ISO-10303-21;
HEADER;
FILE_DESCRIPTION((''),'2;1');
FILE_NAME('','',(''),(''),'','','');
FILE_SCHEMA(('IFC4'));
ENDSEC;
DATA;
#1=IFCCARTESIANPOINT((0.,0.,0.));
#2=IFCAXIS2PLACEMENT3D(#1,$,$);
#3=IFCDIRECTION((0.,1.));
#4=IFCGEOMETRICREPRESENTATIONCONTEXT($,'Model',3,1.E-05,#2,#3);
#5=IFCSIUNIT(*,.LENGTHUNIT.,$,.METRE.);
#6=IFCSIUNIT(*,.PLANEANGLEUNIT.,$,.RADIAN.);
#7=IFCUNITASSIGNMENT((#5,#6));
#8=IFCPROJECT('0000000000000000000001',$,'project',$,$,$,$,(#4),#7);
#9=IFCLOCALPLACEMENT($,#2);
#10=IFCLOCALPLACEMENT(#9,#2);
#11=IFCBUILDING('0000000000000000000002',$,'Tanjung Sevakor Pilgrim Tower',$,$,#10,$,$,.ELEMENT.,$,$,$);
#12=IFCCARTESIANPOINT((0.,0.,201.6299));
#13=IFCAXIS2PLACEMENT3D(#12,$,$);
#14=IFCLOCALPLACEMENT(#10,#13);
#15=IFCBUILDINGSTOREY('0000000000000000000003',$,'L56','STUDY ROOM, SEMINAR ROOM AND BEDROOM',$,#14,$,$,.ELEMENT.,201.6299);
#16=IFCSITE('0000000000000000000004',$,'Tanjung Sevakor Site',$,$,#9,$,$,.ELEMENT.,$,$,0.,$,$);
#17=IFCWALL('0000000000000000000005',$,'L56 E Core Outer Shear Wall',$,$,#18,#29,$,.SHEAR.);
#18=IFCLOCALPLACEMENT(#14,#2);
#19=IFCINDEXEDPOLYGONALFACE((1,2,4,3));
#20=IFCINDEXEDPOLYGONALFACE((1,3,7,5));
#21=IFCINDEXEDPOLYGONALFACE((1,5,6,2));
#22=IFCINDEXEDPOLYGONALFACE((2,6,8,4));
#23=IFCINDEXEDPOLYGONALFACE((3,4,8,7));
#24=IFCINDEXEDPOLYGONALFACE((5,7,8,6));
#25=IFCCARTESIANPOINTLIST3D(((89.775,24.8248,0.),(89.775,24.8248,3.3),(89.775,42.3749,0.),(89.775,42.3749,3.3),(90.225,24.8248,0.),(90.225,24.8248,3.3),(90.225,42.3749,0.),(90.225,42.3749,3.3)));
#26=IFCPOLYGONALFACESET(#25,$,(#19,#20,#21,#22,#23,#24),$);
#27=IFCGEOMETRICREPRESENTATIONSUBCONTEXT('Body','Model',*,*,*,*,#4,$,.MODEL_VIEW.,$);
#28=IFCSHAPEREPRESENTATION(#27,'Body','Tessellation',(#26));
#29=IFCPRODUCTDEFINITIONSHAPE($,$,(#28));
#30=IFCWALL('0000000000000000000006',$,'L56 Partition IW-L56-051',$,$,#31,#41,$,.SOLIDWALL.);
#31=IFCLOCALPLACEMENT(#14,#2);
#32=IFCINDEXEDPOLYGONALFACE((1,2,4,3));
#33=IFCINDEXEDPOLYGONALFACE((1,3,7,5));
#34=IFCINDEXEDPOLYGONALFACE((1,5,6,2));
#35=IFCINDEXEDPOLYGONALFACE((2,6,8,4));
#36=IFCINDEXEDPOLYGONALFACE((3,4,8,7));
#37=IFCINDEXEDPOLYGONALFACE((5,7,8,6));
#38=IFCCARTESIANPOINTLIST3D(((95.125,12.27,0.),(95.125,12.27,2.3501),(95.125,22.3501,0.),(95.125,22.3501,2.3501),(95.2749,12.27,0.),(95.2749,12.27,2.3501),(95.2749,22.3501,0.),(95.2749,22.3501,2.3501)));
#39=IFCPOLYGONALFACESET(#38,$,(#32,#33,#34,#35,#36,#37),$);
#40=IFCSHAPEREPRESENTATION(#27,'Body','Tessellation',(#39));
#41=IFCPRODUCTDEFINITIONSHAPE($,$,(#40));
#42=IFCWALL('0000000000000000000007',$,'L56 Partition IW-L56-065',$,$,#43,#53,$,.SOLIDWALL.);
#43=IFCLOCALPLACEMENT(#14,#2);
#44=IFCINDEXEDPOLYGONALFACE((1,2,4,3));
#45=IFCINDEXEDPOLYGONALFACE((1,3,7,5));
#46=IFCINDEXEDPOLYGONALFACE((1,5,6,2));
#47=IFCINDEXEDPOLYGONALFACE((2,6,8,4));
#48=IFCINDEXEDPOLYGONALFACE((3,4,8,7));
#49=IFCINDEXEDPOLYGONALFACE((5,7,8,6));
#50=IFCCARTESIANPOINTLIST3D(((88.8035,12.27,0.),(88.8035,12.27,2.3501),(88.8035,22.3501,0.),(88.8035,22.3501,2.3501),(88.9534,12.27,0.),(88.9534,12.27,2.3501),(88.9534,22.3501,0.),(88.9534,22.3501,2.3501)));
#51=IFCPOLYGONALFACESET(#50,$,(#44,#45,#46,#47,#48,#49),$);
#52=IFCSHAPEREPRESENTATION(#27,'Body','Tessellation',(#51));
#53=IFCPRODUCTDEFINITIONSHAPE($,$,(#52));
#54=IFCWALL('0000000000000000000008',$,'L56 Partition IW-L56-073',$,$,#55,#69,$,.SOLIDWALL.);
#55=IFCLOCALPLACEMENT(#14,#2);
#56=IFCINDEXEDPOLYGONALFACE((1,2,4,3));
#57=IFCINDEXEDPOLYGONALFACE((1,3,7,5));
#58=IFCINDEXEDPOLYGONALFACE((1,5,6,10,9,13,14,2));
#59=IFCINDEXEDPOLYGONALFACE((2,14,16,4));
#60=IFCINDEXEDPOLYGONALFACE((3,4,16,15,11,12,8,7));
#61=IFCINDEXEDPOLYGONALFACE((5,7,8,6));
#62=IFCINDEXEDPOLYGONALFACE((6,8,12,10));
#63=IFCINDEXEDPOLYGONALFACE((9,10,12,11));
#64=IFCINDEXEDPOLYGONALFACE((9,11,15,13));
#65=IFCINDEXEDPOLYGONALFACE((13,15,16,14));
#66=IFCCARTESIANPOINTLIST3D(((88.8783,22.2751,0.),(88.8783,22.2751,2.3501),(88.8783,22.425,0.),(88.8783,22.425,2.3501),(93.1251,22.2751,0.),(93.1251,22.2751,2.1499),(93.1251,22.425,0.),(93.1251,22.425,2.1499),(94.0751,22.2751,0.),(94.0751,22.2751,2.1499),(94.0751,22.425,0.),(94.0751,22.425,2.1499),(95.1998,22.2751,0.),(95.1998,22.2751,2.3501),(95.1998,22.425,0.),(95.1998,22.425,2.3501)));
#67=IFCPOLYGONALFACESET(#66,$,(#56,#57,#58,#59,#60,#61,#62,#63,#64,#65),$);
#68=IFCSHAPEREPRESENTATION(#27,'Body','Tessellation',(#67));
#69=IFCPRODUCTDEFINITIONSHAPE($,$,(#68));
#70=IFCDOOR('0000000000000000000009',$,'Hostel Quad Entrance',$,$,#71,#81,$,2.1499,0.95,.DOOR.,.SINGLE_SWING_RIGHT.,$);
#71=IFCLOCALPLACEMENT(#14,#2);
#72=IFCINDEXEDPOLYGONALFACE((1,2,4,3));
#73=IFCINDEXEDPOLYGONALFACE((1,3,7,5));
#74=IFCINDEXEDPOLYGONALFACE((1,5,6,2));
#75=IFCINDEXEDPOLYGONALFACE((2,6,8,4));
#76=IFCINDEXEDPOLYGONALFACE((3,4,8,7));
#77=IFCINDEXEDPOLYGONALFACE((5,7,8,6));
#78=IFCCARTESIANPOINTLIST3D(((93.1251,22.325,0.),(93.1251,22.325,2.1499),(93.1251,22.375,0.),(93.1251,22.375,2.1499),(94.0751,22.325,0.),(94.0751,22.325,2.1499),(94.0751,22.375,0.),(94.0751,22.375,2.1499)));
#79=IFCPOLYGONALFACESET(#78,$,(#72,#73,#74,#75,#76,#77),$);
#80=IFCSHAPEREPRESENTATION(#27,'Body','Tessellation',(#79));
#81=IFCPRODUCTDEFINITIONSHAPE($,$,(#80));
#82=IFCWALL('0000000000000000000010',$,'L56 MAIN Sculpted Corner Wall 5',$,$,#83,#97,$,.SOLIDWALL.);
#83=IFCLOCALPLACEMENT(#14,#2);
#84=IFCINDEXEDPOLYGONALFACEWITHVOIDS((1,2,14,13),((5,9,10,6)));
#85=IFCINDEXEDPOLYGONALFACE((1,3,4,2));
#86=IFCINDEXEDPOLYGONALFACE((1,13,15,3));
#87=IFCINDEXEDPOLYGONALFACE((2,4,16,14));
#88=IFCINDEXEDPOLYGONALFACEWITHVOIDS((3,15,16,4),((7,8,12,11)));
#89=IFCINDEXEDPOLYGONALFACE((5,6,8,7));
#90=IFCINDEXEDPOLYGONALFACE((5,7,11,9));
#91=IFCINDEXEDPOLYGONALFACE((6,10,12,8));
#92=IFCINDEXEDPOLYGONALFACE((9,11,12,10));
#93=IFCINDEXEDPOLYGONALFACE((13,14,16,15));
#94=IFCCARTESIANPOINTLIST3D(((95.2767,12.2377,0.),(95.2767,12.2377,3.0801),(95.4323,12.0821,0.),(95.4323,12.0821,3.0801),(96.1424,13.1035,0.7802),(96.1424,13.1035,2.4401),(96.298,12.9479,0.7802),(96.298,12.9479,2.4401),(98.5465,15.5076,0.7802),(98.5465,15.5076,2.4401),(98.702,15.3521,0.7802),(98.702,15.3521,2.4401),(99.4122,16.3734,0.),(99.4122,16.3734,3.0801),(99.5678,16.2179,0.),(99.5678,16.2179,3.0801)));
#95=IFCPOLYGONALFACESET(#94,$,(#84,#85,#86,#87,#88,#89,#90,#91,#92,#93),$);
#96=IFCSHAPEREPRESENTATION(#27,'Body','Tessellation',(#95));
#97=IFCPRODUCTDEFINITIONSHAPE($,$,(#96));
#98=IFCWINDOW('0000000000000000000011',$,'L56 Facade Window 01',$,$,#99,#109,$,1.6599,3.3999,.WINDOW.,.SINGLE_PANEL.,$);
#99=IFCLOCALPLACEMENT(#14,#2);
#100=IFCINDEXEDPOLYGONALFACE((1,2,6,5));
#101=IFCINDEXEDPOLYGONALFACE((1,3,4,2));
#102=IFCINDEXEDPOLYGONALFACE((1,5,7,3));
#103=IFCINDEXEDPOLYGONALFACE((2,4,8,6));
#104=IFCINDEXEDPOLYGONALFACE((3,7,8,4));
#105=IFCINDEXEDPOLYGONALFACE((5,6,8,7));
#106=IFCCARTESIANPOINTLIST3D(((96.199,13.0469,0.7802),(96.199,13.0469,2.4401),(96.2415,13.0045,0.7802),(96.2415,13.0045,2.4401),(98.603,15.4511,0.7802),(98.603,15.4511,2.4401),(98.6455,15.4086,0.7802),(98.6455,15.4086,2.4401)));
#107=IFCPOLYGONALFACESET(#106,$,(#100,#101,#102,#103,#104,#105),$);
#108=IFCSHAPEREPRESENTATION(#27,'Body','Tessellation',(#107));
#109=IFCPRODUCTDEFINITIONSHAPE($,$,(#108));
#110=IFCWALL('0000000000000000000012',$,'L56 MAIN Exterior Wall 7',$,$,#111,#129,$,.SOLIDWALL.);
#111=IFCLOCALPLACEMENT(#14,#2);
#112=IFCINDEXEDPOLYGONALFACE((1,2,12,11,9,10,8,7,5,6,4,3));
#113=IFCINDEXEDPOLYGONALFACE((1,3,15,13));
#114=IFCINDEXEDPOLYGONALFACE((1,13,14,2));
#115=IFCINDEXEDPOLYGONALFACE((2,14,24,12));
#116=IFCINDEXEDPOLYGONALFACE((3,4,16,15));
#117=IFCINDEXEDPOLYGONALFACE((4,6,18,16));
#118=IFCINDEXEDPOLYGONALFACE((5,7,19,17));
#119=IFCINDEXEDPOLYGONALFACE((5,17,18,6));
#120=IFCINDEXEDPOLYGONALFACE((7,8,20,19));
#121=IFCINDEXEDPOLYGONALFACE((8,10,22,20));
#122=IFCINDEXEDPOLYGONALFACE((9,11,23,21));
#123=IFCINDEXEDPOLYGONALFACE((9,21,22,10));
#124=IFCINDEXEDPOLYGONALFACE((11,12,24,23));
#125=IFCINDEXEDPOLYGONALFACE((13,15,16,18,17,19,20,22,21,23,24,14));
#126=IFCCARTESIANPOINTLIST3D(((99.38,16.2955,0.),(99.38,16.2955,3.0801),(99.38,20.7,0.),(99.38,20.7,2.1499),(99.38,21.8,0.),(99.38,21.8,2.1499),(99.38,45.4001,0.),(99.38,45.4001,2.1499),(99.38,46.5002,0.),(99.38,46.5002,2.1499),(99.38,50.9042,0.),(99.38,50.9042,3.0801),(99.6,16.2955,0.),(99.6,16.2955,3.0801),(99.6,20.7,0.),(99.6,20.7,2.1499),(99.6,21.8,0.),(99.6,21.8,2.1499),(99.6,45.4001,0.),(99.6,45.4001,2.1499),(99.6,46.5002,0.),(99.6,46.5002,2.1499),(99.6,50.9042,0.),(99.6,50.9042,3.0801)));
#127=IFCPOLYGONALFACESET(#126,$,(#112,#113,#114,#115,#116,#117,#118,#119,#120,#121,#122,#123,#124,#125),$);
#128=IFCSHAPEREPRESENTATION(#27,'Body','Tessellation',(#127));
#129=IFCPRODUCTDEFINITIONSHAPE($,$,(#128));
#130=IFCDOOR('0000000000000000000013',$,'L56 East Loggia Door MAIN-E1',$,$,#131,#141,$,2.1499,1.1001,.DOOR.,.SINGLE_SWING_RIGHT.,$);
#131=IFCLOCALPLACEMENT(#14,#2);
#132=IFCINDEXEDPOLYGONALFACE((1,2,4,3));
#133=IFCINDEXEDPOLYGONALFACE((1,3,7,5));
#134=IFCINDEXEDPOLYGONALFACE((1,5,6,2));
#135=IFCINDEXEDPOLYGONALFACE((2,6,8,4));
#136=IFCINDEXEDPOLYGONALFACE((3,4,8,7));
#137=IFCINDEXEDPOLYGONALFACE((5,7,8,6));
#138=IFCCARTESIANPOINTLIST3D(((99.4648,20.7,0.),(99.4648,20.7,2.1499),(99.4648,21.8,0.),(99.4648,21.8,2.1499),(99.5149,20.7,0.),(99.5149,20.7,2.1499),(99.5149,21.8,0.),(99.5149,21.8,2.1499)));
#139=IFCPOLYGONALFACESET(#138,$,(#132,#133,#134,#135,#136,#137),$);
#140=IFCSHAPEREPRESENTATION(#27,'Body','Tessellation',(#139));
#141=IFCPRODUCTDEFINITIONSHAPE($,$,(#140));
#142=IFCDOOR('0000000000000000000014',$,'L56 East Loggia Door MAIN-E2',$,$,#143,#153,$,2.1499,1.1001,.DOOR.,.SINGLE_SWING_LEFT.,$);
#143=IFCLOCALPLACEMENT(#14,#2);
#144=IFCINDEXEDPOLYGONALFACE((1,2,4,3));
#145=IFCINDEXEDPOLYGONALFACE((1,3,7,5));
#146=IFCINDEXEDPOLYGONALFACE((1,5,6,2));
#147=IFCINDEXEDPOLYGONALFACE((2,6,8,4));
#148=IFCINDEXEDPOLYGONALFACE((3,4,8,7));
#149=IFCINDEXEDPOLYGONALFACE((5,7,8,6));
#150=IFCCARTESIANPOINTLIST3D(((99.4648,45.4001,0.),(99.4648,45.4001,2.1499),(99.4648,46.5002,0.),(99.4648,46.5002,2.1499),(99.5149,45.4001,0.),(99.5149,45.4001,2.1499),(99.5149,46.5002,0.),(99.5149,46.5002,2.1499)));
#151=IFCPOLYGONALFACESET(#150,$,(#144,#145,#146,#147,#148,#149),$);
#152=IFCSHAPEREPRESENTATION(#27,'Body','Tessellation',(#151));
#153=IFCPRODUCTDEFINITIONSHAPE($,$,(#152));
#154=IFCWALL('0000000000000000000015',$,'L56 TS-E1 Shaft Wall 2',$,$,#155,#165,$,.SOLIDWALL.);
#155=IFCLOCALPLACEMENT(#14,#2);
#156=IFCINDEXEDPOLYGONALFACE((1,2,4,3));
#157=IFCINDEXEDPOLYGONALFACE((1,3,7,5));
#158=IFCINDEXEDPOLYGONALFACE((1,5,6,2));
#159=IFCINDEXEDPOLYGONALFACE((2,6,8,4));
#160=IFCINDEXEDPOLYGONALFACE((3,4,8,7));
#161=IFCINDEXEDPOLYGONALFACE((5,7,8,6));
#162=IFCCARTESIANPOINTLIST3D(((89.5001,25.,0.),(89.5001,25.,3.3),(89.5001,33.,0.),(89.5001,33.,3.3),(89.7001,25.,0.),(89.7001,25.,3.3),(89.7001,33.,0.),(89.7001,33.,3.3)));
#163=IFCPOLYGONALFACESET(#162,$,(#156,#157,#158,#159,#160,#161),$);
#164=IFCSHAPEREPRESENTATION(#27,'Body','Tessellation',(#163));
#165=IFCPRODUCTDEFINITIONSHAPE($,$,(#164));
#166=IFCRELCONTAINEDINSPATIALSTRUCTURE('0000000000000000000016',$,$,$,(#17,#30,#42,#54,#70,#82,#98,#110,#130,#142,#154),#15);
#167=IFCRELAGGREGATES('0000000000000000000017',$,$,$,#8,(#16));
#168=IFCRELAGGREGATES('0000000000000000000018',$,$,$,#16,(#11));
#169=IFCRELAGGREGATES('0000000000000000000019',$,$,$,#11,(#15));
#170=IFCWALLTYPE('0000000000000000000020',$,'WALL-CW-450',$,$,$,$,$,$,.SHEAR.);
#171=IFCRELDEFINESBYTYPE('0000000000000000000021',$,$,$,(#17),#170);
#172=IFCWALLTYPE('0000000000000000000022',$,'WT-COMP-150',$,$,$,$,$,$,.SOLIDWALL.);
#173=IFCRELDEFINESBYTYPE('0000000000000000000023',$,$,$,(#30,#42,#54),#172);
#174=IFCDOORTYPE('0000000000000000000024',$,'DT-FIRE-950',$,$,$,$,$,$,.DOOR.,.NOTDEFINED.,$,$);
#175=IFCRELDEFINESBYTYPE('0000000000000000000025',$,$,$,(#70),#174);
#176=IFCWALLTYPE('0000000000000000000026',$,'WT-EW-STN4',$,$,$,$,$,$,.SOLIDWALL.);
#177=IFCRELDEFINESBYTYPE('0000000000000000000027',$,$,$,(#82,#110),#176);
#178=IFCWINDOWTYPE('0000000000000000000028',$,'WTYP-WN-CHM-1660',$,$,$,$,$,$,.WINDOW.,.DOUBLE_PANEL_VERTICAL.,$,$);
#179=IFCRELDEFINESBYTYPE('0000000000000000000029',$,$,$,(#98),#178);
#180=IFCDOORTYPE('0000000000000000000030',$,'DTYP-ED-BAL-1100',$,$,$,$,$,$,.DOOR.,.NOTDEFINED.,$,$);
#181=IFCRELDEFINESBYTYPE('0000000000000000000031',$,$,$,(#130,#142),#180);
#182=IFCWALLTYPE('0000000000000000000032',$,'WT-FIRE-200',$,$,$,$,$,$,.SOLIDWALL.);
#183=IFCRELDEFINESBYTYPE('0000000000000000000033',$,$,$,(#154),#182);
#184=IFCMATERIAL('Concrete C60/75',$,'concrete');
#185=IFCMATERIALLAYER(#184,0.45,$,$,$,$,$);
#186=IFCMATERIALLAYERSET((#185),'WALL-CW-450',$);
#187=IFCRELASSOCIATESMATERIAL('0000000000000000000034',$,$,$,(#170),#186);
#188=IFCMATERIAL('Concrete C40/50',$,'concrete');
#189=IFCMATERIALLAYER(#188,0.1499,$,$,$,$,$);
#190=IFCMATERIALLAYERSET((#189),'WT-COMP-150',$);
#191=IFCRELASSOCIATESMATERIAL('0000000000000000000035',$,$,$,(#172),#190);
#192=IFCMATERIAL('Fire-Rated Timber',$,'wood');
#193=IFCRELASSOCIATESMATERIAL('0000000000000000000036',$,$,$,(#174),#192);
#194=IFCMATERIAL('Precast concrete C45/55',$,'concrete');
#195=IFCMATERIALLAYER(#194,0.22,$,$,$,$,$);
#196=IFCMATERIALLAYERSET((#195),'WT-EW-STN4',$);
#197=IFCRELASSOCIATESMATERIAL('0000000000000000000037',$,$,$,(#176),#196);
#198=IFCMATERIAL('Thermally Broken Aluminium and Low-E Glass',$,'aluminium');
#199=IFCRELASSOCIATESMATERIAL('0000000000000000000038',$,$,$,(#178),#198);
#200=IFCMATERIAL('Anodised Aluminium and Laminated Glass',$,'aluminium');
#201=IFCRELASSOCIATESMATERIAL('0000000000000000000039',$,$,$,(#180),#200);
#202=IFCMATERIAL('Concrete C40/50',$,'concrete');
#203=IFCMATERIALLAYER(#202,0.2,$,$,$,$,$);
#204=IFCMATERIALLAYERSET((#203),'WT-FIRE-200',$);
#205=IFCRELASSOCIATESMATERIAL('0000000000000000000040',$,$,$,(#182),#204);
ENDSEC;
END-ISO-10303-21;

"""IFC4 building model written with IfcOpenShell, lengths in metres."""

from ifc_helpers import new_model, si_unit, direction, frame, frame_2d, origin, place, context, subcontext, project, spatial, rectangle, extrude, material, layer, layer_set, type_object, element, fill, save


model = new_model("IFC4")

# Units and contexts
model_context = context("Model", 3, precision=1e-05, world=origin(), true_north=direction((0.0, 1.0)))
body_context = subcontext(model_context, "Body", "Model", "MODEL_VIEW")
ifc_project = project(units=[si_unit("LENGTHUNIT", "METRE"), si_unit("PLANEANGLEUNIT", "RADIAN")], contexts=[model_context])

# Site, building, storey
site_placement = place(None, origin())
site = spatial("IfcSite", under=ifc_project, at=site_placement, Name="Tanjung Sevakor Site", CompositionType="ELEMENT", RefElevation=0.0)
building_placement = place(site_placement, origin())
building = spatial("IfcBuilding", under=site, at=building_placement, Name="Tanjung Sevakor Pilgrim Tower", CompositionType="ELEMENT")
storey_placement = place(building_placement, frame((0.0, 0.0, 201.6299)))
storey = spatial("IfcBuildingStorey", under=building, at=storey_placement, Name="L56", Description="STUDY ROOM, SEMINAR ROOM AND BEDROOM", CompositionType="ELEMENT", Elevation=201.6299)

# Walls
ifc_material_1 = material(Name="Concrete C60/75", Category="concrete")
ifc_layer_1 = layer(ifc_material_1, 0.45)
ifc_layer_set_1 = layer_set([ifc_layer_1], Name="WALL-CW-450")
wall_type_1 = type_object("IfcWallType", Name="WALL-CW-450", PredefinedType="SHEAR", material=ifc_layer_set_1)
wall_1_placement = place(storey_placement, frame((90.0, 24.825, 0.0), z_axis=(0.0, 0.0, 1.0), x_axis=(0.0, 1.0, 0.0)))
element("IfcWall", 1, at=wall_1_placement, inside=storey, type_object=wall_type_1, Name="L56 E Core Outer Shear Wall", PredefinedType="SHEAR", context=body_context, shape_type="SweptSolid", body=[
    extrude(rectangle(XDim=17.55, YDim=0.45, at=frame_2d((8.7749, 0.0))), origin(), (0.0, 0.0, 1.0), 3.3),
])
ifc_material_2 = material(Name="Concrete C40/50", Category="concrete")
ifc_layer_2 = layer(ifc_material_2, 0.1499)
ifc_layer_set_2 = layer_set([ifc_layer_2], Name="WT-COMP-150")
wall_type_2 = type_object("IfcWallType", Name="WT-COMP-150", PredefinedType="SOLIDWALL", material=ifc_layer_set_2)
for number, where, z_axis, x_axis, name in (
    (2, (95.2, 12.27, 0.0), (0.0, 0.0, 1.0), (0.0, 1.0, 0.0), "L56 Partition IW-L56-051"),
    (3, (88.8784, 12.27, 0.0), (0.0, 0.0, 1.0), (0.0, 1.0, 0.0), "L56 Partition IW-L56-065"),
):
    element("IfcWall", number, at=place(storey_placement, frame(where, z_axis=z_axis, x_axis=x_axis)), inside=storey, type_object=wall_type_2, Name=name, PredefinedType="SOLIDWALL", context=body_context, shape_type="SweptSolid", body=[
        extrude(rectangle(XDim=10.0801, YDim=0.1499, at=frame_2d((5.04, 0.0))), origin(), (0.0, 0.0, 1.0), 2.3501),
    ])

# Wall, opening, door
wall_2_placement = place(storey_placement, frame((88.8784, 22.3501, 0.0), z_axis=(0.0, 0.0, 1.0), x_axis=(1.0, 0.0, 0.0)))
wall_2 = element("IfcWall", 4, at=wall_2_placement, inside=storey, type_object=wall_type_2, Name="L56 Partition IW-L56-073", PredefinedType="SOLIDWALL", context=body_context, shape_type="SweptSolid", body=[
    extrude(rectangle(XDim=6.3215, YDim=0.1499, at=frame_2d((3.1606, 0.0))), origin(), (0.0, 0.0, 1.0), 2.3501),
])
opening_1_placement = place(wall_2_placement, frame((4.2466, 0.0, 0.0)))
opening_1 = element("IfcOpeningElement", 5, at=opening_1_placement, cuts=wall_2, PredefinedType="OPENING", context=body_context, shape_type="SweptSolid", body=[
    extrude(rectangle(XDim=0.95, YDim=2.1499, at=frame_2d((0.4751, 1.075))), frame((0.0, 0.085, 0.0), z_axis=(0.0, -1.0, 0.0), x_axis=(1.0, 0.0, 0.0)), (0.0, 0.0, 1.0), 0.1699),
])
ifc_material_3 = material(Name="Fire-Rated Timber", Category="wood")
door_type_1 = type_object("IfcDoorType", Name="DT-FIRE-950", OperationType="NOTDEFINED", PredefinedType="DOOR", material=ifc_material_3)
door_1_placement = place(opening_1_placement, origin())
door_1 = element("IfcDoor", 6, at=door_1_placement, inside=storey, type_object=door_type_1, Name="Hostel Quad Entrance", OperationType="SINGLE_SWING_RIGHT", OverallHeight=2.1499, OverallWidth=0.95, PredefinedType="DOOR", context=body_context, shape_type="SweptSolid", body=[
    extrude(rectangle(XDim=0.95, YDim=2.1499, at=frame_2d((0.4751, 1.075))), frame((0.0, 0.0249, 0.0), z_axis=(0.0, -1.0, 0.0), x_axis=(1.0, 0.0, 0.0)), (0.0, 0.0, 1.0), 0.05),
])
fill(opening_1, door_1)

# Wall, opening, window
ifc_material_4 = material(Name="Precast concrete C45/55", Category="concrete")
ifc_layer_3 = layer(ifc_material_4, 0.22)
ifc_layer_set_3 = layer_set([ifc_layer_3], Name="WT-EW-STN4")
wall_type_3 = type_object("IfcWallType", Name="WT-EW-STN4", PredefinedType="SOLIDWALL", material=ifc_layer_set_3)
wall_3_placement = place(storey_placement, frame((95.3545, 12.1599, 0.0), z_axis=(0.0, 0.0, 1.0), x_axis=(0.707086, 0.707128, 0.0)))
wall_3 = element("IfcWall", 7, at=wall_3_placement, inside=storey, type_object=wall_type_3, Name="L56 MAIN Sculpted Corner Wall 5", PredefinedType="SOLIDWALL", context=body_context, shape_type="SweptSolid", body=[
    extrude(rectangle(XDim=5.8486, YDim=0.22, at=frame_2d((2.9243, 0.0))), origin(), (0.0, 0.0, 1.0), 3.0801),
])
opening_2_placement = place(wall_3_placement, frame((1.2244, 0.0, 0.78)))
opening_2 = element("IfcOpeningElement", 8, at=opening_2_placement, cuts=wall_3, PredefinedType="OPENING", context=body_context, shape_type="SweptSolid", body=[
    extrude(rectangle(XDim=3.3999, YDim=1.6599, at=frame_2d((1.7, 0.8301))), frame((0.0, 0.1199, 0.0), z_axis=(0.0, -1.0, 0.0), x_axis=(1.0, 0.0, 0.0)), (0.0, 0.0, 1.0), 0.24),
])
ifc_material_5 = material(Name="Thermally Broken Aluminium and Low-E Glass", Category="aluminium")
window_type = type_object("IfcWindowType", Name="WTYP-WN-CHM-1660", PartitioningType="DOUBLE_PANEL_VERTICAL", PredefinedType="WINDOW", material=ifc_material_5)
window_placement = place(opening_2_placement, origin())
window = element("IfcWindow", 9, at=window_placement, inside=storey, type_object=window_type, Name="L56 Facade Window 01", OverallHeight=1.6599, OverallWidth=3.3999, PartitioningType="SINGLE_PANEL", PredefinedType="WINDOW", context=body_context, shape_type="SweptSolid", body=[
    extrude(rectangle(XDim=3.3999, YDim=1.6599, at=frame_2d((1.7, 0.8301))), frame((0.0, 0.03, 0.0), z_axis=(0.0, -1.0, 0.0), x_axis=(1.0, 0.0, 0.0)), (0.0, 0.0, 1.0), 0.0601),
])
fill(opening_2, window)

# Wall, openings, doors
wall_4_placement = place(storey_placement, frame((99.49, 16.2957, 0.0), z_axis=(0.0, 0.0, 1.0), x_axis=(0.0, 1.0, 0.0)))
wall_4 = element("IfcWall", 10, at=wall_4_placement, inside=storey, type_object=wall_type_3, Name="L56 MAIN Exterior Wall 7", PredefinedType="SOLIDWALL", context=body_context, shape_type="SweptSolid", body=[
    extrude(rectangle(XDim=34.6086, YDim=0.22, at=frame_2d((17.3042, 0.0))), origin(), (0.0, 0.0, 1.0), 3.0801),
])
opening_3_placement = place(wall_4_placement, frame((4.4043, 0.0, 0.0)))
opening_3 = element("IfcOpeningElement", 11, at=opening_3_placement, cuts=wall_4, PredefinedType="OPENING", context=body_context, shape_type="SweptSolid", body=[
    extrude(rectangle(XDim=1.1001, YDim=2.1499, at=frame_2d((0.55, 1.075))), frame((0.0, 0.1199, 0.0), z_axis=(0.0, -1.0, 0.0), x_axis=(1.0, 0.0, 0.0)), (0.0, 0.0, 1.0), 0.24),
])
opening_4_placement = place(wall_4_placement, frame((29.1045, 0.0, 0.0)))
opening_4 = element("IfcOpeningElement", 12, at=opening_4_placement, cuts=wall_4, PredefinedType="OPENING", context=body_context, shape_type="SweptSolid", body=[
    extrude(rectangle(XDim=1.1001, YDim=2.1499, at=frame_2d((0.55, 1.075))), frame((0.0, 0.1199, 0.0), z_axis=(0.0, -1.0, 0.0), x_axis=(1.0, 0.0, 0.0)), (0.0, 0.0, 1.0), 0.24),
])
ifc_material_6 = material(Name="Anodised Aluminium and Laminated Glass", Category="aluminium")
door_type_2 = type_object("IfcDoorType", Name="DTYP-ED-BAL-1100", OperationType="NOTDEFINED", PredefinedType="DOOR", material=ifc_material_6)
door_2_placement = place(opening_3_placement, frame((1.1001, 0.0, 0.0), z_axis=(0.0, 0.0, 1.0), x_axis=(-1.0, 0.0, 0.0)))
door_2 = element("IfcDoor", 13, at=door_2_placement, inside=storey, type_object=door_type_2, Name="L56 East Loggia Door MAIN-E1", OperationType="SINGLE_SWING_RIGHT", OverallHeight=2.1499, OverallWidth=1.1001, PredefinedType="DOOR", context=body_context, shape_type="SweptSolid", body=[
    extrude(rectangle(XDim=1.1001, YDim=2.1499, at=frame_2d((0.55, 1.075))), frame((0.0, 0.0249, 0.0), z_axis=(0.0, -1.0, 0.0), x_axis=(1.0, 0.0, 0.0)), (0.0, 0.0, 1.0), 0.05),
])
fill(opening_3, door_2)
door_3_placement = place(opening_4_placement, frame((1.1001, 0.0, 0.0), z_axis=(0.0, 0.0, 1.0), x_axis=(-1.0, 0.0, 0.0)))
door_3 = element("IfcDoor", 14, at=door_3_placement, inside=storey, type_object=door_type_2, Name="L56 East Loggia Door MAIN-E2", OperationType="SINGLE_SWING_LEFT", OverallHeight=2.1499, OverallWidth=1.1001, PredefinedType="DOOR", context=body_context, shape_type="SweptSolid", body=[
    extrude(rectangle(XDim=1.1001, YDim=2.1499, at=frame_2d((0.55, 1.075))), frame((0.0, 0.0249, 0.0), z_axis=(0.0, -1.0, 0.0), x_axis=(1.0, 0.0, 0.0)), (0.0, 0.0, 1.0), 0.05),
])
fill(opening_4, door_3)

# Wall
ifc_material_7 = material(Name="Concrete C40/50", Category="concrete")
ifc_layer_4 = layer(ifc_material_7, 0.2)
ifc_layer_set_4 = layer_set([ifc_layer_4], Name="WT-FIRE-200")
wall_type_4 = type_object("IfcWallType", Name="WT-FIRE-200", PredefinedType="SOLIDWALL", material=ifc_layer_set_4)
wall_5_placement = place(storey_placement, frame((89.6001, 25.0, 0.0), z_axis=(0.0, 0.0, 1.0), x_axis=(0.0, 1.0, 0.0)))
element("IfcWall", 15, at=wall_5_placement, inside=storey, type_object=wall_type_4, Name="L56 TS-E1 Shaft Wall 2", PredefinedType="SOLIDWALL", context=body_context, shape_type="SweptSolid", body=[
    extrude(rectangle(XDim=8.0, YDim=0.2, at=frame_2d((4.0, 0.0))), origin(), (0.0, 0.0, 1.0), 3.3),
])

save(model, "model.ifc")
